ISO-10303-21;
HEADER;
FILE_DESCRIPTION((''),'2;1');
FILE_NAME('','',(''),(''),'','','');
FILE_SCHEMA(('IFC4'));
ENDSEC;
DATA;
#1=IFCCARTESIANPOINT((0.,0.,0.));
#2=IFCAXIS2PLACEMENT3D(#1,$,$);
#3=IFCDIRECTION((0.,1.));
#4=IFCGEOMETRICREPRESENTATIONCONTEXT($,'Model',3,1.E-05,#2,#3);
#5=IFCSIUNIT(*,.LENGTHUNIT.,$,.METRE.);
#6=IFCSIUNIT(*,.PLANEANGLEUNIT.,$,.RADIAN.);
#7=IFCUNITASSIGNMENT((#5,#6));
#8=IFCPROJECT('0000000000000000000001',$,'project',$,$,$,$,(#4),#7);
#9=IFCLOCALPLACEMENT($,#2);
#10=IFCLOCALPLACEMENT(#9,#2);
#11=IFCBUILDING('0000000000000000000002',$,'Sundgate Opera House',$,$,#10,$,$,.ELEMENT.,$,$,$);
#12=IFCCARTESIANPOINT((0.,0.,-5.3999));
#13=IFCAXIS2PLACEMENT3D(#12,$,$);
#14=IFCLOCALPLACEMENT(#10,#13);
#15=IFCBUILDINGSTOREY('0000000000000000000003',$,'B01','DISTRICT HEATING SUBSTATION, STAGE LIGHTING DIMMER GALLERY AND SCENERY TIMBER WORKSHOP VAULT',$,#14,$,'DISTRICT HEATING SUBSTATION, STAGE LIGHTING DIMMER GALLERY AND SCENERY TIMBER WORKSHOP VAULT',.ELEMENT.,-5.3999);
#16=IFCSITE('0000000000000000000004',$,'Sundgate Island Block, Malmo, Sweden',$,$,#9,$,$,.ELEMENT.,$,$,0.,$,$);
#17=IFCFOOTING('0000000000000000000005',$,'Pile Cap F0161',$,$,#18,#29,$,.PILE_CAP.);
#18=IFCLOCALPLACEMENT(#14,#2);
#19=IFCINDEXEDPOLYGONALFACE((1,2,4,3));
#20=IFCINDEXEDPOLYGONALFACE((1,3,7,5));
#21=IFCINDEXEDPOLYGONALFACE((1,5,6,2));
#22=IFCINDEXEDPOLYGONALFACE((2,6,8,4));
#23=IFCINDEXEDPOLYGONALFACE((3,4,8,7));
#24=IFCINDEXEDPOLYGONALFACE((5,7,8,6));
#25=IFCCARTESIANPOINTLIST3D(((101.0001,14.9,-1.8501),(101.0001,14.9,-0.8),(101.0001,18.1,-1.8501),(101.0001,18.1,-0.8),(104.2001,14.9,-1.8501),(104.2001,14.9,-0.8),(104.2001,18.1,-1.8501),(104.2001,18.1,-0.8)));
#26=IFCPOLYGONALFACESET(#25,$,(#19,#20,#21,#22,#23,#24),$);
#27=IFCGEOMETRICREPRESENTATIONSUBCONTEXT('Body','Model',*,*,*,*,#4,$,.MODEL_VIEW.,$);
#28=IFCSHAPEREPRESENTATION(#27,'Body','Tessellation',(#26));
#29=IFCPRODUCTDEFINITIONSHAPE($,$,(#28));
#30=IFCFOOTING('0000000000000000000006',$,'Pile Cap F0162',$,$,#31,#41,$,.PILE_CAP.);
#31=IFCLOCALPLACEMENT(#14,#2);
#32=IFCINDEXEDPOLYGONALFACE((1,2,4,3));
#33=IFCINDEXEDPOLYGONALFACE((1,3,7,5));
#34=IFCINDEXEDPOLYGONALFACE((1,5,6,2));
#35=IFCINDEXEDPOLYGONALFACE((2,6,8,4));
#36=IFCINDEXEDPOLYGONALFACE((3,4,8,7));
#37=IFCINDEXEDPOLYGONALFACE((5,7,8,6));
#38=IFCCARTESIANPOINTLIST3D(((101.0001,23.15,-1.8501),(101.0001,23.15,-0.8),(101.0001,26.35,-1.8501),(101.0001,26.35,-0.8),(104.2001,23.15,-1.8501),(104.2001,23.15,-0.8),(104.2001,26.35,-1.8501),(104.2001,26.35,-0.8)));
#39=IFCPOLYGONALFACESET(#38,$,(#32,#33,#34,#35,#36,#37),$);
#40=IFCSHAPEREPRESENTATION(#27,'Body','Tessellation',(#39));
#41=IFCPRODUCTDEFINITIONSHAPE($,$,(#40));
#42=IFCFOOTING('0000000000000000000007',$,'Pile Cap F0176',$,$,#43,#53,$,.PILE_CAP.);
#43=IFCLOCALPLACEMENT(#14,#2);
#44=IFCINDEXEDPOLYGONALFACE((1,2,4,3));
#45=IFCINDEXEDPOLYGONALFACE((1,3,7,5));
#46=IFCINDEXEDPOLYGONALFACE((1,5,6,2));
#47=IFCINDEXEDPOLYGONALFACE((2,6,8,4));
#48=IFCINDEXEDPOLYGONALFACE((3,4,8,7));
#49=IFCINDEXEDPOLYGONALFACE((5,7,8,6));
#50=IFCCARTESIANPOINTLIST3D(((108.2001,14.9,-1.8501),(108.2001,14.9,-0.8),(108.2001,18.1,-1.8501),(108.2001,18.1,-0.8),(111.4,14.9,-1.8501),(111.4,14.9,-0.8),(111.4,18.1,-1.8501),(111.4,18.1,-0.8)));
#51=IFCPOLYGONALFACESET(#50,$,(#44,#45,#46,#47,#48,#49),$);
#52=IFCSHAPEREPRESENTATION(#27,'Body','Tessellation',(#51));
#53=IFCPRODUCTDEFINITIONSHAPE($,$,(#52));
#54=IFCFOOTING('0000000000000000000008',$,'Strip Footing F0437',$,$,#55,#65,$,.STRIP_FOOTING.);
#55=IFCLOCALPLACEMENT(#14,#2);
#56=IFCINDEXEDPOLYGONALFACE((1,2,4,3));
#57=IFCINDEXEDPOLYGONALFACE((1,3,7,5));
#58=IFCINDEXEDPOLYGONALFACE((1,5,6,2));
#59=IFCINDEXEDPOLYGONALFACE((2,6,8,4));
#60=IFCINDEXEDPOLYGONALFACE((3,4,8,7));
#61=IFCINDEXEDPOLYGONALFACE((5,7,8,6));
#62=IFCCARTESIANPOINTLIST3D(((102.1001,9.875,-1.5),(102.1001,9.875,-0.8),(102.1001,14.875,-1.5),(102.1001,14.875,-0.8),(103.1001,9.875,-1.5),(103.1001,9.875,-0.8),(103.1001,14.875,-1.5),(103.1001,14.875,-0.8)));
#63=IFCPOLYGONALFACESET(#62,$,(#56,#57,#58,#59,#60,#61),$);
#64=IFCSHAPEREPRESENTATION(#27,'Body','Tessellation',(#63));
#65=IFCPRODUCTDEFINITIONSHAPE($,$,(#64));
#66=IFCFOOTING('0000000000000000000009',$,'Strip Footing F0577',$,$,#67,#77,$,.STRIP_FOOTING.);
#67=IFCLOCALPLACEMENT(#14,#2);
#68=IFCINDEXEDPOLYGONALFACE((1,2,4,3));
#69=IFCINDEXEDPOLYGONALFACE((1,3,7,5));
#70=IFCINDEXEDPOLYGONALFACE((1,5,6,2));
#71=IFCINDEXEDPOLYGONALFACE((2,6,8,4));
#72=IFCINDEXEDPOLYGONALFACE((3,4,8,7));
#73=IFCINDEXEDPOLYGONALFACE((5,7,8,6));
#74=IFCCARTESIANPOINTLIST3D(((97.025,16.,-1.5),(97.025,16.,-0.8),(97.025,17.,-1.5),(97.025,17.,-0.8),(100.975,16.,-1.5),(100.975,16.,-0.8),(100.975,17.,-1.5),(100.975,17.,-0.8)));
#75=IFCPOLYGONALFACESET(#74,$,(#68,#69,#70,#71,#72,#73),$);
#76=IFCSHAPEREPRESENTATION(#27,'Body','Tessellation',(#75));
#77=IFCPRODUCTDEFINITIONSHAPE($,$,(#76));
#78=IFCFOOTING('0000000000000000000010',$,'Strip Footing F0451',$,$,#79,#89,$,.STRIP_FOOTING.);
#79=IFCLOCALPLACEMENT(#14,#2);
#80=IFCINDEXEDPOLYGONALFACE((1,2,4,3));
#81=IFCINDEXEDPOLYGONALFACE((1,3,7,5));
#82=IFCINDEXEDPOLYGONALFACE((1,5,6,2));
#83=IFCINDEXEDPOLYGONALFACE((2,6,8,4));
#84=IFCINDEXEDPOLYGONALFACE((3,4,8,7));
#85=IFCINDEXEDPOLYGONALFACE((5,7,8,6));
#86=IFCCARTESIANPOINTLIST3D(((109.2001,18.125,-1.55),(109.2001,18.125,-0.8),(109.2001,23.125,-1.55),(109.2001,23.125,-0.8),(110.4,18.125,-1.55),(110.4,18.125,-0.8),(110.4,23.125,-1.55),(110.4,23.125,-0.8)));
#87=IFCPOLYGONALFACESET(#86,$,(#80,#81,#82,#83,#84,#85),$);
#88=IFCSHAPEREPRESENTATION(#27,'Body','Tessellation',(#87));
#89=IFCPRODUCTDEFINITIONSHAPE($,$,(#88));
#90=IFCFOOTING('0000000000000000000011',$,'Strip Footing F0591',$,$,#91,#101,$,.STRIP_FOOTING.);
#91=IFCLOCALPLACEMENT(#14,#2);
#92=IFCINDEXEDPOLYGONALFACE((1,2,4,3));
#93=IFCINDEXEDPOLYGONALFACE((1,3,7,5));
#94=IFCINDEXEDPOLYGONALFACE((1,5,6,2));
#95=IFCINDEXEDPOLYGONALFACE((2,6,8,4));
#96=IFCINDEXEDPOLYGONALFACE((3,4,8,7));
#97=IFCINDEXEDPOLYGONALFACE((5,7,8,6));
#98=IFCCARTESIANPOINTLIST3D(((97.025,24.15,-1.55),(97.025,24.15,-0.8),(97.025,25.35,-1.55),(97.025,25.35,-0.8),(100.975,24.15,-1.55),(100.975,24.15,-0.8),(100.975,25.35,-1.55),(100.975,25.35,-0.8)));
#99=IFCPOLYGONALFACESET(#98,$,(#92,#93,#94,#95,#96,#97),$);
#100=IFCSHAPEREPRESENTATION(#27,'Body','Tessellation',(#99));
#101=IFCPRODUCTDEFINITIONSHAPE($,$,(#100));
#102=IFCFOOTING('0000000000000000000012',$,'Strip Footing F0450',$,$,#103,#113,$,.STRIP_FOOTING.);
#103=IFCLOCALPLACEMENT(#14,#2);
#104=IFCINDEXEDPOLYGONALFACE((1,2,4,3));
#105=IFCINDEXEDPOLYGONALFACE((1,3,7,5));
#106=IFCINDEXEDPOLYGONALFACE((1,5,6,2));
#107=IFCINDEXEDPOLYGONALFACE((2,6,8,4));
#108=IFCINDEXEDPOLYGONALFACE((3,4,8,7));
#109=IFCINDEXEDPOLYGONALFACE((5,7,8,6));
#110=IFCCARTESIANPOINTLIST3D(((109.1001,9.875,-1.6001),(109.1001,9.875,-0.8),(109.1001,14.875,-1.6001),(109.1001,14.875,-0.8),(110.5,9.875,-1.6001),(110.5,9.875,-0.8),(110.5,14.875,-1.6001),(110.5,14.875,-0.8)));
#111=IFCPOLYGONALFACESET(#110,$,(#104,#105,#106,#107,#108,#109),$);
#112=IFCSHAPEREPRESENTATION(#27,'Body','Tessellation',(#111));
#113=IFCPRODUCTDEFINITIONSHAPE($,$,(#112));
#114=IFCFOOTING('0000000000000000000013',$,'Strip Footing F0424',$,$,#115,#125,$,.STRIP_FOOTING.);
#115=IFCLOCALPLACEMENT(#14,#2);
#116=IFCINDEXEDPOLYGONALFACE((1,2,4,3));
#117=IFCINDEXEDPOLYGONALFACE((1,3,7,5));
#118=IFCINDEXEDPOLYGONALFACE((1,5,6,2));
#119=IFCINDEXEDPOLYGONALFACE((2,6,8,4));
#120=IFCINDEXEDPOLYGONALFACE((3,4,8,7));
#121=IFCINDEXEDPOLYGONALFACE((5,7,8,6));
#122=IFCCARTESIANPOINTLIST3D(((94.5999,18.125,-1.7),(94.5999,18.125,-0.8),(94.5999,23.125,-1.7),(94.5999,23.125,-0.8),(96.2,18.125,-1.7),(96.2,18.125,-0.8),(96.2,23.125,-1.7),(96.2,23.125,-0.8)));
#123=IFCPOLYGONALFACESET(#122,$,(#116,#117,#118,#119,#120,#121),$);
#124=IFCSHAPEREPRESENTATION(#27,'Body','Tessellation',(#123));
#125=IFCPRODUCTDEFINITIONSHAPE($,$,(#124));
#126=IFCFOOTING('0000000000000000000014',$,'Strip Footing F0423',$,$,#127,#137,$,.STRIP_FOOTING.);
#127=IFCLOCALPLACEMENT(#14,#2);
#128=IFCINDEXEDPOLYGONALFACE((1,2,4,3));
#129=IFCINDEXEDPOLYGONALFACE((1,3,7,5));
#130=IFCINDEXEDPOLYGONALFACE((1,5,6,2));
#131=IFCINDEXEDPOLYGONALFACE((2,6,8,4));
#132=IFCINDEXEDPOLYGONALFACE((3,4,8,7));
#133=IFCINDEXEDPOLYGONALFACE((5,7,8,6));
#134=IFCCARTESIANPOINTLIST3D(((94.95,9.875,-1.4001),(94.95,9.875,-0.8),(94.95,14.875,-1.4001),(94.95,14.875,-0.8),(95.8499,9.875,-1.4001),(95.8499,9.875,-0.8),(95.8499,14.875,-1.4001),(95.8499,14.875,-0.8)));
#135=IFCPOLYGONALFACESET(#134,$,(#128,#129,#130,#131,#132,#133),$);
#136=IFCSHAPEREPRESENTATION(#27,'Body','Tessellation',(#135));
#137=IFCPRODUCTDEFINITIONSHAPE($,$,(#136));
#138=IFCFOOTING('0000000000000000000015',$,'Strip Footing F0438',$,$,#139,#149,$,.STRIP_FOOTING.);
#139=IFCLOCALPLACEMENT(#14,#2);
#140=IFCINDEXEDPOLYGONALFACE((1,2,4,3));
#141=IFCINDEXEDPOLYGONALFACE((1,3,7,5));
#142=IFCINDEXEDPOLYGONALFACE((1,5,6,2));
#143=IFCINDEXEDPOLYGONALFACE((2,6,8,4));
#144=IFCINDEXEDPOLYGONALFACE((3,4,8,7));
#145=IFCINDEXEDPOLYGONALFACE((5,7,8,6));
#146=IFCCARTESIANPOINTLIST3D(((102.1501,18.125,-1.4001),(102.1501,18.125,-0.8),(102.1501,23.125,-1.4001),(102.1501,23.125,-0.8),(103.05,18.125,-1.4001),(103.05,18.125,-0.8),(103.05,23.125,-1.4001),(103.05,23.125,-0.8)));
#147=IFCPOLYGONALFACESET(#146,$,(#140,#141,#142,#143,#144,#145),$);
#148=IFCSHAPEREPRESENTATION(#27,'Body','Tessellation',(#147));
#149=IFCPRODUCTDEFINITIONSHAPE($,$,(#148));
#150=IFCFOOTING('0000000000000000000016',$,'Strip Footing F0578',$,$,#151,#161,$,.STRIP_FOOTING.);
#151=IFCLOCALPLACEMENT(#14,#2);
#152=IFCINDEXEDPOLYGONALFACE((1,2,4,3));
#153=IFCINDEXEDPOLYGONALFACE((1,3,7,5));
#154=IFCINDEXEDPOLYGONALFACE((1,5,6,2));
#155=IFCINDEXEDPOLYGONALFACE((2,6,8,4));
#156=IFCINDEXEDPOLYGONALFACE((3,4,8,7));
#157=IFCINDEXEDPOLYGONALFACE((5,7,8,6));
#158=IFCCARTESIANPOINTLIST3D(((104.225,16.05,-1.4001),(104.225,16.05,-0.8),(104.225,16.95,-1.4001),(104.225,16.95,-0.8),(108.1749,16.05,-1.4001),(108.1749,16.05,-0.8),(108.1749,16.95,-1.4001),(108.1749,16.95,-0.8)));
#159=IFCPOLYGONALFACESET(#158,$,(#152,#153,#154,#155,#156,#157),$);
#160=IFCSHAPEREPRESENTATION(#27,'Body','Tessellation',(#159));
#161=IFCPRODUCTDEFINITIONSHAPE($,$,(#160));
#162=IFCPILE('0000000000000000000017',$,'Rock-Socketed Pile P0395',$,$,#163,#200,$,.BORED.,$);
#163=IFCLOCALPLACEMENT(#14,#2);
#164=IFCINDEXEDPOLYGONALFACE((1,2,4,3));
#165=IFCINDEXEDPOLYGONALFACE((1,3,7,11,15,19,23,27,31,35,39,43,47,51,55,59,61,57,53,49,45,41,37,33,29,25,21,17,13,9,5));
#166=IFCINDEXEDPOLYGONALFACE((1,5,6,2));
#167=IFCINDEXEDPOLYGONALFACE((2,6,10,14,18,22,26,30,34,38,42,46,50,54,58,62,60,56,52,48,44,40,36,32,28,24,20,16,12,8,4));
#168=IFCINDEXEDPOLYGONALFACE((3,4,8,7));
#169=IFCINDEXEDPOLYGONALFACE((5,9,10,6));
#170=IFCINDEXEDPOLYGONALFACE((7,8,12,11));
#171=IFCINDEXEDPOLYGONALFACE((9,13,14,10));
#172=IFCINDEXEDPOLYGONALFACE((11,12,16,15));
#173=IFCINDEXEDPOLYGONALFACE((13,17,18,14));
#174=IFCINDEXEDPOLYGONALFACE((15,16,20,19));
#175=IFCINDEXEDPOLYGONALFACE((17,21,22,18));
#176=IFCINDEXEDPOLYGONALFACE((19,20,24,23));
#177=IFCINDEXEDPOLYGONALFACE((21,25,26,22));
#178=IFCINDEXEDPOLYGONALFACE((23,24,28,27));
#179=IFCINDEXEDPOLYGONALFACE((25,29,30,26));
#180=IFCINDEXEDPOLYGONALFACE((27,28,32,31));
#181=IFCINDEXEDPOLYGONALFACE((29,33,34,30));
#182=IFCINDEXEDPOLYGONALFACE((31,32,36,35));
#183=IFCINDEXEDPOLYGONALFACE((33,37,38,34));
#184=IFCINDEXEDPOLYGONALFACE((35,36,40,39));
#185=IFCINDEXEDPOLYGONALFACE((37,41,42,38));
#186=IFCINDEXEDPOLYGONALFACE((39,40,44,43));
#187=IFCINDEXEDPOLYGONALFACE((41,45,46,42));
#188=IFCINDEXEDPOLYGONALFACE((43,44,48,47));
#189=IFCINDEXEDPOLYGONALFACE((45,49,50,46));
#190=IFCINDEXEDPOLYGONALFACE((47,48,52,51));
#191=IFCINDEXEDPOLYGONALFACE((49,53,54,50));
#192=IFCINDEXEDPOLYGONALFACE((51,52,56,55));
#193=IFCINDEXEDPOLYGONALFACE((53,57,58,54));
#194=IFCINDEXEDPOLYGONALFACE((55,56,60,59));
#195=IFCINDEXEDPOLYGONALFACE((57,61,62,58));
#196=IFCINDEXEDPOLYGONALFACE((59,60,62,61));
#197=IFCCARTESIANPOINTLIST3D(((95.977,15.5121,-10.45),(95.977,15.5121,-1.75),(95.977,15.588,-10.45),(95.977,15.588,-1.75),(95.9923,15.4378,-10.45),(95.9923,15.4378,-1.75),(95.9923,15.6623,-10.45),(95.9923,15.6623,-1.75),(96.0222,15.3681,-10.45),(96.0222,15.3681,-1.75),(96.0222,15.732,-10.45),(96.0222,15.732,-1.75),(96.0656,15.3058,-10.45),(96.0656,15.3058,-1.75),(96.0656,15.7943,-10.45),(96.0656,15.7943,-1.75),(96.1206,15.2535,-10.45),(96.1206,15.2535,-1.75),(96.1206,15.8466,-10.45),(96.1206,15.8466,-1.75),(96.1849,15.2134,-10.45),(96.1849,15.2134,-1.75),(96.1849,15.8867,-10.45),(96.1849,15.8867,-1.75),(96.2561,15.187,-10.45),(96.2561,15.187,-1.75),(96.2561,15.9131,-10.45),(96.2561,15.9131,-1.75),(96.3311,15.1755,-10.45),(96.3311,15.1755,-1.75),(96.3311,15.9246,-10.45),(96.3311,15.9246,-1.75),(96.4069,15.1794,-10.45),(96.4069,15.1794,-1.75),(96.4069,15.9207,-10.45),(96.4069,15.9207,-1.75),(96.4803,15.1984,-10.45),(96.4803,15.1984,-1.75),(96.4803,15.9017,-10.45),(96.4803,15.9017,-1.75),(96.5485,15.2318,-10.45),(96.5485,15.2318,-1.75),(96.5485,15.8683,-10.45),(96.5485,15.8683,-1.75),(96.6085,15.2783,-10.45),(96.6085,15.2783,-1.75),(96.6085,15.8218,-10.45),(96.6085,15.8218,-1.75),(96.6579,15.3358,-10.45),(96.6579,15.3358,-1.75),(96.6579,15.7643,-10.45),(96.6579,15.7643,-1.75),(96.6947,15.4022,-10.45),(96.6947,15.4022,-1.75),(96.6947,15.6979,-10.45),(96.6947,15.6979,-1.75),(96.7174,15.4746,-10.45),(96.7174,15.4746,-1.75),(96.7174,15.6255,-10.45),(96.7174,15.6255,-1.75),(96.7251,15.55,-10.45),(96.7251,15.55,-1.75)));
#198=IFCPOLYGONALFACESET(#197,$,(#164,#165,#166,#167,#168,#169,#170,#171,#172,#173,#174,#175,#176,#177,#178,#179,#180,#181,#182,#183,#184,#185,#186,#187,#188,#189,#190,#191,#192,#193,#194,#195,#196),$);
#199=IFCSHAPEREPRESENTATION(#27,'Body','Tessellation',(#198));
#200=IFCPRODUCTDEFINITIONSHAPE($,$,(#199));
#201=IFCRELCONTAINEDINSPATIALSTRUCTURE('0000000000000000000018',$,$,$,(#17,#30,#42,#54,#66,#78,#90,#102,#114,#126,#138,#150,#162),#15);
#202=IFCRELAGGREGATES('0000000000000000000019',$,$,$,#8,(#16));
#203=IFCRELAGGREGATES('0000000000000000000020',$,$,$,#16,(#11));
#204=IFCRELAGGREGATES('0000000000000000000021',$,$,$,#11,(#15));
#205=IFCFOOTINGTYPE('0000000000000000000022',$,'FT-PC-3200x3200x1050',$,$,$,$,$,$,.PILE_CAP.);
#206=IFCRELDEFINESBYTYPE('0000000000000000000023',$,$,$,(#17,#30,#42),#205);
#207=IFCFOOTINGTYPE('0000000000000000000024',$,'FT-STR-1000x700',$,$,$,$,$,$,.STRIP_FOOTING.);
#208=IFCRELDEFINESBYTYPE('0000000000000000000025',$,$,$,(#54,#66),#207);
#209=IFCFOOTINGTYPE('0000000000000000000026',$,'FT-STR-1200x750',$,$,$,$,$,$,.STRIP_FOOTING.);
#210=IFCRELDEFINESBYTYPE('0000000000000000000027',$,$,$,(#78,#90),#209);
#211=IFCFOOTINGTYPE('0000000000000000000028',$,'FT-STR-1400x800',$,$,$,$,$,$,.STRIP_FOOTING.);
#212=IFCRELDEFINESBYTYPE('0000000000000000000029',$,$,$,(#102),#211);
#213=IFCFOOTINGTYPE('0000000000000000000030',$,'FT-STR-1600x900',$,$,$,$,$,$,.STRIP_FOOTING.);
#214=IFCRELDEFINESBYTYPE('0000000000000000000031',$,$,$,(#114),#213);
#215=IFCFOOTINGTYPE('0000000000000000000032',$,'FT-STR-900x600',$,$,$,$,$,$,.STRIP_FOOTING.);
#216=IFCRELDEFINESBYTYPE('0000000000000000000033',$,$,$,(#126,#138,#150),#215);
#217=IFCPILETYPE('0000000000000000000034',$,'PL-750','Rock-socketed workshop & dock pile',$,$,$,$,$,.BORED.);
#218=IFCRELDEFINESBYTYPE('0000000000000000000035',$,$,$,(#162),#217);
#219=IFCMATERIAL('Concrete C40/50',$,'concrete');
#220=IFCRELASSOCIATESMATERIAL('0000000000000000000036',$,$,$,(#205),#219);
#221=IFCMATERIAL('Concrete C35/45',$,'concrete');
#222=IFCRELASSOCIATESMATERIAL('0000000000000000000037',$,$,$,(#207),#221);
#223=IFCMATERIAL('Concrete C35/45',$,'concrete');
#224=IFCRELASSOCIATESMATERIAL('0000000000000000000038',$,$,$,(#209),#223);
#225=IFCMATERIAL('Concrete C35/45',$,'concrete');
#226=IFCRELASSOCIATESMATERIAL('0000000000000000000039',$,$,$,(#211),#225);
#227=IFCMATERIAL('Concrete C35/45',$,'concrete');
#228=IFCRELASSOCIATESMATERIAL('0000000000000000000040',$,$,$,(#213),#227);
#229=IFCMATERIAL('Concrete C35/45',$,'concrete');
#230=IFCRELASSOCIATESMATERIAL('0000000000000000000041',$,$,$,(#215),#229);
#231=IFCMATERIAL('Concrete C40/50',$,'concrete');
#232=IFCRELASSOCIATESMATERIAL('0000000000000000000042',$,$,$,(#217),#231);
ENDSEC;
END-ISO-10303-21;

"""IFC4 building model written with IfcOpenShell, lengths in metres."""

from ifc_helpers import new_model, si_unit, direction, frame, origin, origin_2d, place, context, subcontext, project, spatial, rectangle, circle, extrude, material, material_profile, profile_set, type_object, element, save


model = new_model("IFC4")

# Units and contexts
model_context = context("Model", 3, precision=1e-05, world=origin(), true_north=direction((0.0, 1.0)))
body_context = subcontext(model_context, "Body", "Model", "MODEL_VIEW")
ifc_project = project(units=[si_unit("LENGTHUNIT", "METRE"), si_unit("PLANEANGLEUNIT", "RADIAN")], contexts=[model_context])

# Site, building, storey
site_placement = place(None, origin())
site = spatial("IfcSite", under=ifc_project, at=site_placement, Name="Sundgate Island Block, Malmo, Sweden", CompositionType="ELEMENT", RefElevation=0.0)
building_placement = place(site_placement, origin())
building = spatial("IfcBuilding", under=site, at=building_placement, Name="Sundgate Opera House", CompositionType="ELEMENT")
storey_placement = place(building_placement, frame((0.0, 0.0, -5.3999)))
storey = spatial("IfcBuildingStorey", under=building, at=storey_placement, Name="B01", Description="DISTRICT HEATING SUBSTATION, STAGE LIGHTING DIMMER GALLERY AND SCENERY TIMBER WORKSHOP VAULT", LongName="DISTRICT HEATING SUBSTATION, STAGE LIGHTING DIMMER GALLERY AND SCENERY TIMBER WORKSHOP VAULT", CompositionType="ELEMENT", Elevation=-5.3999)

# Footings
ifc_material_1 = material(Name="Concrete C40/50", Category="concrete")
footing_type_1 = type_object("IfcFootingType", Name="FT-PC-3200x3200x1050", PredefinedType="PILE_CAP", material=ifc_material_1)
for number, where, z_axis, x_axis, name in (
    (1, (102.6001, 16.5, -1.8501), (0.0, 0.0, 1.0), (1.0, 0.0, 0.0), "Pile Cap F0161"),
    (2, (102.6001, 24.75, -1.8501), (0.0, 0.0, 1.0), (1.0, 0.0, 0.0), "Pile Cap F0162"),
    (3, (109.8, 16.5, -1.8501), (0.0, 0.0, 1.0), (1.0, 0.0, 0.0), "Pile Cap F0176"),
):
    element("IfcFooting", number, at=place(storey_placement, frame(where, z_axis=z_axis, x_axis=x_axis)), inside=storey, type_object=footing_type_1, Name=name, PredefinedType="PILE_CAP", context=body_context, shape_type="SweptSolid", body=[
        extrude(rectangle(XDim=3.2, YDim=3.2, at=origin_2d()), origin(), (0.0, 0.0, 1.0), 1.05),
    ])
ifc_material_2 = material(Name="Concrete C35/45", Category="concrete")
footing_type_2 = type_object("IfcFootingType", Name="FT-STR-1000x700", PredefinedType="STRIP_FOOTING", material=ifc_material_2)
footing_1_placement = place(storey_placement, frame((102.6001, 12.375, -1.5), z_axis=(0.0, 0.0, 1.0), x_axis=(1.0, 0.0, 0.0)))
element("IfcFooting", 4, at=footing_1_placement, inside=storey, type_object=footing_type_2, Name="Strip Footing F0437", PredefinedType="STRIP_FOOTING", context=body_context, shape_type="SweptSolid", body=[
    extrude(rectangle(XDim=1.0, YDim=5.0, at=origin_2d()), origin(), (0.0, 0.0, 1.0), 0.7),
])
footing_2_placement = place(storey_placement, frame((99.0, 16.5, -1.5), z_axis=(0.0, 0.0, 1.0), x_axis=(1.0, 0.0, 0.0)))
element("IfcFooting", 5, at=footing_2_placement, inside=storey, type_object=footing_type_2, Name="Strip Footing F0577", PredefinedType="STRIP_FOOTING", context=body_context, shape_type="SweptSolid", body=[
    extrude(rectangle(XDim=3.95, YDim=1.0, at=origin_2d()), origin(), (0.0, 0.0, 1.0), 0.7),
])
ifc_material_3 = material(Name="Concrete C35/45", Category="concrete")
footing_type_3 = type_object("IfcFootingType", Name="FT-STR-1200x750", PredefinedType="STRIP_FOOTING", material=ifc_material_3)
footing_3_placement = place(storey_placement, frame((109.8, 20.625, -1.55), z_axis=(0.0, 0.0, 1.0), x_axis=(1.0, 0.0, 0.0)))
element("IfcFooting", 6, at=footing_3_placement, inside=storey, type_object=footing_type_3, Name="Strip Footing F0451", PredefinedType="STRIP_FOOTING", context=body_context, shape_type="SweptSolid", body=[
    extrude(rectangle(XDim=1.2, YDim=5.0, at=origin_2d()), origin(), (0.0, 0.0, 1.0), 0.75),
])
footing_4_placement = place(storey_placement, frame((99.0, 24.75, -1.55), z_axis=(0.0, 0.0, 1.0), x_axis=(1.0, 0.0, 0.0)))
element("IfcFooting", 7, at=footing_4_placement, inside=storey, type_object=footing_type_3, Name="Strip Footing F0591", PredefinedType="STRIP_FOOTING", context=body_context, shape_type="SweptSolid", body=[
    extrude(rectangle(XDim=3.95, YDim=1.2, at=origin_2d()), origin(), (0.0, 0.0, 1.0), 0.75),
])
ifc_material_4 = material(Name="Concrete C35/45", Category="concrete")
footing_type_4 = type_object("IfcFootingType", Name="FT-STR-1400x800", PredefinedType="STRIP_FOOTING", material=ifc_material_4)
footing_5_placement = place(storey_placement, frame((109.8, 12.375, -1.6001), z_axis=(0.0, 0.0, 1.0), x_axis=(1.0, 0.0, 0.0)))
element("IfcFooting", 8, at=footing_5_placement, inside=storey, type_object=footing_type_4, Name="Strip Footing F0450", PredefinedType="STRIP_FOOTING", context=body_context, shape_type="SweptSolid", body=[
    extrude(rectangle(XDim=1.3999, YDim=5.0, at=origin_2d()), origin(), (0.0, 0.0, 1.0), 0.8),
])
ifc_material_5 = material(Name="Concrete C35/45", Category="concrete")
footing_type_5 = type_object("IfcFootingType", Name="FT-STR-1600x900", PredefinedType="STRIP_FOOTING", material=ifc_material_5)
footing_6_placement = place(storey_placement, frame((95.3999, 20.625, -1.7), z_axis=(0.0, 0.0, 1.0), x_axis=(1.0, 0.0, 0.0)))
element("IfcFooting", 9, at=footing_6_placement, inside=storey, type_object=footing_type_5, Name="Strip Footing F0424", PredefinedType="STRIP_FOOTING", context=body_context, shape_type="SweptSolid", body=[
    extrude(rectangle(XDim=1.6001, YDim=5.0, at=origin_2d()), origin(), (0.0, 0.0, 1.0), 0.8999),
])
ifc_material_6 = material(Name="Concrete C35/45", Category="concrete")
footing_type_6 = type_object("IfcFootingType", Name="FT-STR-900x600", PredefinedType="STRIP_FOOTING", material=ifc_material_6)
for number, where, z_axis, x_axis, name in (
    (10, (95.3999, 12.375, -1.4001), (0.0, 0.0, 1.0), (1.0, 0.0, 0.0), "Strip Footing F0423"),
    (11, (102.6001, 20.625, -1.4001), (0.0, 0.0, 1.0), (1.0, 0.0, 0.0), "Strip Footing F0438"),
):
    element("IfcFooting", number, at=place(storey_placement, frame(where, z_axis=z_axis, x_axis=x_axis)), inside=storey, type_object=footing_type_6, Name=name, PredefinedType="STRIP_FOOTING", context=body_context, shape_type="SweptSolid", body=[
        extrude(rectangle(XDim=0.8999, YDim=5.0, at=origin_2d()), origin(), (0.0, 0.0, 1.0), 0.6001),
    ])
footing_7_placement = place(storey_placement, frame((106.2, 16.5, -1.4001), z_axis=(0.0, 0.0, 1.0), x_axis=(1.0, 0.0, 0.0)))
element("IfcFooting", 12, at=footing_7_placement, inside=storey, type_object=footing_type_6, Name="Strip Footing F0578", PredefinedType="STRIP_FOOTING", context=body_context, shape_type="SweptSolid", body=[
    extrude(rectangle(XDim=3.95, YDim=0.8999, at=origin_2d()), origin(), (0.0, 0.0, 1.0), 0.6001),
])

# Pile
ifc_material_7 = material(Name="Concrete C40/50", Category="concrete")
ifc_material_profile_1 = material_profile(ifc_material_7, circle(Radius=0.375, at=origin_2d()), Name="PILE D750")
ifc_profile_set_1 = profile_set([ifc_material_profile_1], Name="Concrete C40/50")
pile_type = type_object("IfcPileType", Name="PL-750", Description="Rock-socketed workshop & dock pile", PredefinedType="BORED", material=ifc_profile_set_1)
for number, where, z_axis, x_axis, name in (
    (13, (96.3501, 15.55, -1.75), (0.0, 0.0, -1.0), (1.0, 0.0, 0.0), "Rock-Socketed Pile P0395"),
):
    element("IfcPile", number, at=place(storey_placement, frame(where, z_axis=z_axis, x_axis=x_axis)), inside=storey, type_object=pile_type, Name=name, PredefinedType="BORED", context=body_context, shape_type="SweptSolid", body=[
        extrude(circle(Radius=0.375, at=origin_2d()), origin(), (0.0, 0.0, 1.0), 8.7),
    ])

save(model, "model.ifc")
